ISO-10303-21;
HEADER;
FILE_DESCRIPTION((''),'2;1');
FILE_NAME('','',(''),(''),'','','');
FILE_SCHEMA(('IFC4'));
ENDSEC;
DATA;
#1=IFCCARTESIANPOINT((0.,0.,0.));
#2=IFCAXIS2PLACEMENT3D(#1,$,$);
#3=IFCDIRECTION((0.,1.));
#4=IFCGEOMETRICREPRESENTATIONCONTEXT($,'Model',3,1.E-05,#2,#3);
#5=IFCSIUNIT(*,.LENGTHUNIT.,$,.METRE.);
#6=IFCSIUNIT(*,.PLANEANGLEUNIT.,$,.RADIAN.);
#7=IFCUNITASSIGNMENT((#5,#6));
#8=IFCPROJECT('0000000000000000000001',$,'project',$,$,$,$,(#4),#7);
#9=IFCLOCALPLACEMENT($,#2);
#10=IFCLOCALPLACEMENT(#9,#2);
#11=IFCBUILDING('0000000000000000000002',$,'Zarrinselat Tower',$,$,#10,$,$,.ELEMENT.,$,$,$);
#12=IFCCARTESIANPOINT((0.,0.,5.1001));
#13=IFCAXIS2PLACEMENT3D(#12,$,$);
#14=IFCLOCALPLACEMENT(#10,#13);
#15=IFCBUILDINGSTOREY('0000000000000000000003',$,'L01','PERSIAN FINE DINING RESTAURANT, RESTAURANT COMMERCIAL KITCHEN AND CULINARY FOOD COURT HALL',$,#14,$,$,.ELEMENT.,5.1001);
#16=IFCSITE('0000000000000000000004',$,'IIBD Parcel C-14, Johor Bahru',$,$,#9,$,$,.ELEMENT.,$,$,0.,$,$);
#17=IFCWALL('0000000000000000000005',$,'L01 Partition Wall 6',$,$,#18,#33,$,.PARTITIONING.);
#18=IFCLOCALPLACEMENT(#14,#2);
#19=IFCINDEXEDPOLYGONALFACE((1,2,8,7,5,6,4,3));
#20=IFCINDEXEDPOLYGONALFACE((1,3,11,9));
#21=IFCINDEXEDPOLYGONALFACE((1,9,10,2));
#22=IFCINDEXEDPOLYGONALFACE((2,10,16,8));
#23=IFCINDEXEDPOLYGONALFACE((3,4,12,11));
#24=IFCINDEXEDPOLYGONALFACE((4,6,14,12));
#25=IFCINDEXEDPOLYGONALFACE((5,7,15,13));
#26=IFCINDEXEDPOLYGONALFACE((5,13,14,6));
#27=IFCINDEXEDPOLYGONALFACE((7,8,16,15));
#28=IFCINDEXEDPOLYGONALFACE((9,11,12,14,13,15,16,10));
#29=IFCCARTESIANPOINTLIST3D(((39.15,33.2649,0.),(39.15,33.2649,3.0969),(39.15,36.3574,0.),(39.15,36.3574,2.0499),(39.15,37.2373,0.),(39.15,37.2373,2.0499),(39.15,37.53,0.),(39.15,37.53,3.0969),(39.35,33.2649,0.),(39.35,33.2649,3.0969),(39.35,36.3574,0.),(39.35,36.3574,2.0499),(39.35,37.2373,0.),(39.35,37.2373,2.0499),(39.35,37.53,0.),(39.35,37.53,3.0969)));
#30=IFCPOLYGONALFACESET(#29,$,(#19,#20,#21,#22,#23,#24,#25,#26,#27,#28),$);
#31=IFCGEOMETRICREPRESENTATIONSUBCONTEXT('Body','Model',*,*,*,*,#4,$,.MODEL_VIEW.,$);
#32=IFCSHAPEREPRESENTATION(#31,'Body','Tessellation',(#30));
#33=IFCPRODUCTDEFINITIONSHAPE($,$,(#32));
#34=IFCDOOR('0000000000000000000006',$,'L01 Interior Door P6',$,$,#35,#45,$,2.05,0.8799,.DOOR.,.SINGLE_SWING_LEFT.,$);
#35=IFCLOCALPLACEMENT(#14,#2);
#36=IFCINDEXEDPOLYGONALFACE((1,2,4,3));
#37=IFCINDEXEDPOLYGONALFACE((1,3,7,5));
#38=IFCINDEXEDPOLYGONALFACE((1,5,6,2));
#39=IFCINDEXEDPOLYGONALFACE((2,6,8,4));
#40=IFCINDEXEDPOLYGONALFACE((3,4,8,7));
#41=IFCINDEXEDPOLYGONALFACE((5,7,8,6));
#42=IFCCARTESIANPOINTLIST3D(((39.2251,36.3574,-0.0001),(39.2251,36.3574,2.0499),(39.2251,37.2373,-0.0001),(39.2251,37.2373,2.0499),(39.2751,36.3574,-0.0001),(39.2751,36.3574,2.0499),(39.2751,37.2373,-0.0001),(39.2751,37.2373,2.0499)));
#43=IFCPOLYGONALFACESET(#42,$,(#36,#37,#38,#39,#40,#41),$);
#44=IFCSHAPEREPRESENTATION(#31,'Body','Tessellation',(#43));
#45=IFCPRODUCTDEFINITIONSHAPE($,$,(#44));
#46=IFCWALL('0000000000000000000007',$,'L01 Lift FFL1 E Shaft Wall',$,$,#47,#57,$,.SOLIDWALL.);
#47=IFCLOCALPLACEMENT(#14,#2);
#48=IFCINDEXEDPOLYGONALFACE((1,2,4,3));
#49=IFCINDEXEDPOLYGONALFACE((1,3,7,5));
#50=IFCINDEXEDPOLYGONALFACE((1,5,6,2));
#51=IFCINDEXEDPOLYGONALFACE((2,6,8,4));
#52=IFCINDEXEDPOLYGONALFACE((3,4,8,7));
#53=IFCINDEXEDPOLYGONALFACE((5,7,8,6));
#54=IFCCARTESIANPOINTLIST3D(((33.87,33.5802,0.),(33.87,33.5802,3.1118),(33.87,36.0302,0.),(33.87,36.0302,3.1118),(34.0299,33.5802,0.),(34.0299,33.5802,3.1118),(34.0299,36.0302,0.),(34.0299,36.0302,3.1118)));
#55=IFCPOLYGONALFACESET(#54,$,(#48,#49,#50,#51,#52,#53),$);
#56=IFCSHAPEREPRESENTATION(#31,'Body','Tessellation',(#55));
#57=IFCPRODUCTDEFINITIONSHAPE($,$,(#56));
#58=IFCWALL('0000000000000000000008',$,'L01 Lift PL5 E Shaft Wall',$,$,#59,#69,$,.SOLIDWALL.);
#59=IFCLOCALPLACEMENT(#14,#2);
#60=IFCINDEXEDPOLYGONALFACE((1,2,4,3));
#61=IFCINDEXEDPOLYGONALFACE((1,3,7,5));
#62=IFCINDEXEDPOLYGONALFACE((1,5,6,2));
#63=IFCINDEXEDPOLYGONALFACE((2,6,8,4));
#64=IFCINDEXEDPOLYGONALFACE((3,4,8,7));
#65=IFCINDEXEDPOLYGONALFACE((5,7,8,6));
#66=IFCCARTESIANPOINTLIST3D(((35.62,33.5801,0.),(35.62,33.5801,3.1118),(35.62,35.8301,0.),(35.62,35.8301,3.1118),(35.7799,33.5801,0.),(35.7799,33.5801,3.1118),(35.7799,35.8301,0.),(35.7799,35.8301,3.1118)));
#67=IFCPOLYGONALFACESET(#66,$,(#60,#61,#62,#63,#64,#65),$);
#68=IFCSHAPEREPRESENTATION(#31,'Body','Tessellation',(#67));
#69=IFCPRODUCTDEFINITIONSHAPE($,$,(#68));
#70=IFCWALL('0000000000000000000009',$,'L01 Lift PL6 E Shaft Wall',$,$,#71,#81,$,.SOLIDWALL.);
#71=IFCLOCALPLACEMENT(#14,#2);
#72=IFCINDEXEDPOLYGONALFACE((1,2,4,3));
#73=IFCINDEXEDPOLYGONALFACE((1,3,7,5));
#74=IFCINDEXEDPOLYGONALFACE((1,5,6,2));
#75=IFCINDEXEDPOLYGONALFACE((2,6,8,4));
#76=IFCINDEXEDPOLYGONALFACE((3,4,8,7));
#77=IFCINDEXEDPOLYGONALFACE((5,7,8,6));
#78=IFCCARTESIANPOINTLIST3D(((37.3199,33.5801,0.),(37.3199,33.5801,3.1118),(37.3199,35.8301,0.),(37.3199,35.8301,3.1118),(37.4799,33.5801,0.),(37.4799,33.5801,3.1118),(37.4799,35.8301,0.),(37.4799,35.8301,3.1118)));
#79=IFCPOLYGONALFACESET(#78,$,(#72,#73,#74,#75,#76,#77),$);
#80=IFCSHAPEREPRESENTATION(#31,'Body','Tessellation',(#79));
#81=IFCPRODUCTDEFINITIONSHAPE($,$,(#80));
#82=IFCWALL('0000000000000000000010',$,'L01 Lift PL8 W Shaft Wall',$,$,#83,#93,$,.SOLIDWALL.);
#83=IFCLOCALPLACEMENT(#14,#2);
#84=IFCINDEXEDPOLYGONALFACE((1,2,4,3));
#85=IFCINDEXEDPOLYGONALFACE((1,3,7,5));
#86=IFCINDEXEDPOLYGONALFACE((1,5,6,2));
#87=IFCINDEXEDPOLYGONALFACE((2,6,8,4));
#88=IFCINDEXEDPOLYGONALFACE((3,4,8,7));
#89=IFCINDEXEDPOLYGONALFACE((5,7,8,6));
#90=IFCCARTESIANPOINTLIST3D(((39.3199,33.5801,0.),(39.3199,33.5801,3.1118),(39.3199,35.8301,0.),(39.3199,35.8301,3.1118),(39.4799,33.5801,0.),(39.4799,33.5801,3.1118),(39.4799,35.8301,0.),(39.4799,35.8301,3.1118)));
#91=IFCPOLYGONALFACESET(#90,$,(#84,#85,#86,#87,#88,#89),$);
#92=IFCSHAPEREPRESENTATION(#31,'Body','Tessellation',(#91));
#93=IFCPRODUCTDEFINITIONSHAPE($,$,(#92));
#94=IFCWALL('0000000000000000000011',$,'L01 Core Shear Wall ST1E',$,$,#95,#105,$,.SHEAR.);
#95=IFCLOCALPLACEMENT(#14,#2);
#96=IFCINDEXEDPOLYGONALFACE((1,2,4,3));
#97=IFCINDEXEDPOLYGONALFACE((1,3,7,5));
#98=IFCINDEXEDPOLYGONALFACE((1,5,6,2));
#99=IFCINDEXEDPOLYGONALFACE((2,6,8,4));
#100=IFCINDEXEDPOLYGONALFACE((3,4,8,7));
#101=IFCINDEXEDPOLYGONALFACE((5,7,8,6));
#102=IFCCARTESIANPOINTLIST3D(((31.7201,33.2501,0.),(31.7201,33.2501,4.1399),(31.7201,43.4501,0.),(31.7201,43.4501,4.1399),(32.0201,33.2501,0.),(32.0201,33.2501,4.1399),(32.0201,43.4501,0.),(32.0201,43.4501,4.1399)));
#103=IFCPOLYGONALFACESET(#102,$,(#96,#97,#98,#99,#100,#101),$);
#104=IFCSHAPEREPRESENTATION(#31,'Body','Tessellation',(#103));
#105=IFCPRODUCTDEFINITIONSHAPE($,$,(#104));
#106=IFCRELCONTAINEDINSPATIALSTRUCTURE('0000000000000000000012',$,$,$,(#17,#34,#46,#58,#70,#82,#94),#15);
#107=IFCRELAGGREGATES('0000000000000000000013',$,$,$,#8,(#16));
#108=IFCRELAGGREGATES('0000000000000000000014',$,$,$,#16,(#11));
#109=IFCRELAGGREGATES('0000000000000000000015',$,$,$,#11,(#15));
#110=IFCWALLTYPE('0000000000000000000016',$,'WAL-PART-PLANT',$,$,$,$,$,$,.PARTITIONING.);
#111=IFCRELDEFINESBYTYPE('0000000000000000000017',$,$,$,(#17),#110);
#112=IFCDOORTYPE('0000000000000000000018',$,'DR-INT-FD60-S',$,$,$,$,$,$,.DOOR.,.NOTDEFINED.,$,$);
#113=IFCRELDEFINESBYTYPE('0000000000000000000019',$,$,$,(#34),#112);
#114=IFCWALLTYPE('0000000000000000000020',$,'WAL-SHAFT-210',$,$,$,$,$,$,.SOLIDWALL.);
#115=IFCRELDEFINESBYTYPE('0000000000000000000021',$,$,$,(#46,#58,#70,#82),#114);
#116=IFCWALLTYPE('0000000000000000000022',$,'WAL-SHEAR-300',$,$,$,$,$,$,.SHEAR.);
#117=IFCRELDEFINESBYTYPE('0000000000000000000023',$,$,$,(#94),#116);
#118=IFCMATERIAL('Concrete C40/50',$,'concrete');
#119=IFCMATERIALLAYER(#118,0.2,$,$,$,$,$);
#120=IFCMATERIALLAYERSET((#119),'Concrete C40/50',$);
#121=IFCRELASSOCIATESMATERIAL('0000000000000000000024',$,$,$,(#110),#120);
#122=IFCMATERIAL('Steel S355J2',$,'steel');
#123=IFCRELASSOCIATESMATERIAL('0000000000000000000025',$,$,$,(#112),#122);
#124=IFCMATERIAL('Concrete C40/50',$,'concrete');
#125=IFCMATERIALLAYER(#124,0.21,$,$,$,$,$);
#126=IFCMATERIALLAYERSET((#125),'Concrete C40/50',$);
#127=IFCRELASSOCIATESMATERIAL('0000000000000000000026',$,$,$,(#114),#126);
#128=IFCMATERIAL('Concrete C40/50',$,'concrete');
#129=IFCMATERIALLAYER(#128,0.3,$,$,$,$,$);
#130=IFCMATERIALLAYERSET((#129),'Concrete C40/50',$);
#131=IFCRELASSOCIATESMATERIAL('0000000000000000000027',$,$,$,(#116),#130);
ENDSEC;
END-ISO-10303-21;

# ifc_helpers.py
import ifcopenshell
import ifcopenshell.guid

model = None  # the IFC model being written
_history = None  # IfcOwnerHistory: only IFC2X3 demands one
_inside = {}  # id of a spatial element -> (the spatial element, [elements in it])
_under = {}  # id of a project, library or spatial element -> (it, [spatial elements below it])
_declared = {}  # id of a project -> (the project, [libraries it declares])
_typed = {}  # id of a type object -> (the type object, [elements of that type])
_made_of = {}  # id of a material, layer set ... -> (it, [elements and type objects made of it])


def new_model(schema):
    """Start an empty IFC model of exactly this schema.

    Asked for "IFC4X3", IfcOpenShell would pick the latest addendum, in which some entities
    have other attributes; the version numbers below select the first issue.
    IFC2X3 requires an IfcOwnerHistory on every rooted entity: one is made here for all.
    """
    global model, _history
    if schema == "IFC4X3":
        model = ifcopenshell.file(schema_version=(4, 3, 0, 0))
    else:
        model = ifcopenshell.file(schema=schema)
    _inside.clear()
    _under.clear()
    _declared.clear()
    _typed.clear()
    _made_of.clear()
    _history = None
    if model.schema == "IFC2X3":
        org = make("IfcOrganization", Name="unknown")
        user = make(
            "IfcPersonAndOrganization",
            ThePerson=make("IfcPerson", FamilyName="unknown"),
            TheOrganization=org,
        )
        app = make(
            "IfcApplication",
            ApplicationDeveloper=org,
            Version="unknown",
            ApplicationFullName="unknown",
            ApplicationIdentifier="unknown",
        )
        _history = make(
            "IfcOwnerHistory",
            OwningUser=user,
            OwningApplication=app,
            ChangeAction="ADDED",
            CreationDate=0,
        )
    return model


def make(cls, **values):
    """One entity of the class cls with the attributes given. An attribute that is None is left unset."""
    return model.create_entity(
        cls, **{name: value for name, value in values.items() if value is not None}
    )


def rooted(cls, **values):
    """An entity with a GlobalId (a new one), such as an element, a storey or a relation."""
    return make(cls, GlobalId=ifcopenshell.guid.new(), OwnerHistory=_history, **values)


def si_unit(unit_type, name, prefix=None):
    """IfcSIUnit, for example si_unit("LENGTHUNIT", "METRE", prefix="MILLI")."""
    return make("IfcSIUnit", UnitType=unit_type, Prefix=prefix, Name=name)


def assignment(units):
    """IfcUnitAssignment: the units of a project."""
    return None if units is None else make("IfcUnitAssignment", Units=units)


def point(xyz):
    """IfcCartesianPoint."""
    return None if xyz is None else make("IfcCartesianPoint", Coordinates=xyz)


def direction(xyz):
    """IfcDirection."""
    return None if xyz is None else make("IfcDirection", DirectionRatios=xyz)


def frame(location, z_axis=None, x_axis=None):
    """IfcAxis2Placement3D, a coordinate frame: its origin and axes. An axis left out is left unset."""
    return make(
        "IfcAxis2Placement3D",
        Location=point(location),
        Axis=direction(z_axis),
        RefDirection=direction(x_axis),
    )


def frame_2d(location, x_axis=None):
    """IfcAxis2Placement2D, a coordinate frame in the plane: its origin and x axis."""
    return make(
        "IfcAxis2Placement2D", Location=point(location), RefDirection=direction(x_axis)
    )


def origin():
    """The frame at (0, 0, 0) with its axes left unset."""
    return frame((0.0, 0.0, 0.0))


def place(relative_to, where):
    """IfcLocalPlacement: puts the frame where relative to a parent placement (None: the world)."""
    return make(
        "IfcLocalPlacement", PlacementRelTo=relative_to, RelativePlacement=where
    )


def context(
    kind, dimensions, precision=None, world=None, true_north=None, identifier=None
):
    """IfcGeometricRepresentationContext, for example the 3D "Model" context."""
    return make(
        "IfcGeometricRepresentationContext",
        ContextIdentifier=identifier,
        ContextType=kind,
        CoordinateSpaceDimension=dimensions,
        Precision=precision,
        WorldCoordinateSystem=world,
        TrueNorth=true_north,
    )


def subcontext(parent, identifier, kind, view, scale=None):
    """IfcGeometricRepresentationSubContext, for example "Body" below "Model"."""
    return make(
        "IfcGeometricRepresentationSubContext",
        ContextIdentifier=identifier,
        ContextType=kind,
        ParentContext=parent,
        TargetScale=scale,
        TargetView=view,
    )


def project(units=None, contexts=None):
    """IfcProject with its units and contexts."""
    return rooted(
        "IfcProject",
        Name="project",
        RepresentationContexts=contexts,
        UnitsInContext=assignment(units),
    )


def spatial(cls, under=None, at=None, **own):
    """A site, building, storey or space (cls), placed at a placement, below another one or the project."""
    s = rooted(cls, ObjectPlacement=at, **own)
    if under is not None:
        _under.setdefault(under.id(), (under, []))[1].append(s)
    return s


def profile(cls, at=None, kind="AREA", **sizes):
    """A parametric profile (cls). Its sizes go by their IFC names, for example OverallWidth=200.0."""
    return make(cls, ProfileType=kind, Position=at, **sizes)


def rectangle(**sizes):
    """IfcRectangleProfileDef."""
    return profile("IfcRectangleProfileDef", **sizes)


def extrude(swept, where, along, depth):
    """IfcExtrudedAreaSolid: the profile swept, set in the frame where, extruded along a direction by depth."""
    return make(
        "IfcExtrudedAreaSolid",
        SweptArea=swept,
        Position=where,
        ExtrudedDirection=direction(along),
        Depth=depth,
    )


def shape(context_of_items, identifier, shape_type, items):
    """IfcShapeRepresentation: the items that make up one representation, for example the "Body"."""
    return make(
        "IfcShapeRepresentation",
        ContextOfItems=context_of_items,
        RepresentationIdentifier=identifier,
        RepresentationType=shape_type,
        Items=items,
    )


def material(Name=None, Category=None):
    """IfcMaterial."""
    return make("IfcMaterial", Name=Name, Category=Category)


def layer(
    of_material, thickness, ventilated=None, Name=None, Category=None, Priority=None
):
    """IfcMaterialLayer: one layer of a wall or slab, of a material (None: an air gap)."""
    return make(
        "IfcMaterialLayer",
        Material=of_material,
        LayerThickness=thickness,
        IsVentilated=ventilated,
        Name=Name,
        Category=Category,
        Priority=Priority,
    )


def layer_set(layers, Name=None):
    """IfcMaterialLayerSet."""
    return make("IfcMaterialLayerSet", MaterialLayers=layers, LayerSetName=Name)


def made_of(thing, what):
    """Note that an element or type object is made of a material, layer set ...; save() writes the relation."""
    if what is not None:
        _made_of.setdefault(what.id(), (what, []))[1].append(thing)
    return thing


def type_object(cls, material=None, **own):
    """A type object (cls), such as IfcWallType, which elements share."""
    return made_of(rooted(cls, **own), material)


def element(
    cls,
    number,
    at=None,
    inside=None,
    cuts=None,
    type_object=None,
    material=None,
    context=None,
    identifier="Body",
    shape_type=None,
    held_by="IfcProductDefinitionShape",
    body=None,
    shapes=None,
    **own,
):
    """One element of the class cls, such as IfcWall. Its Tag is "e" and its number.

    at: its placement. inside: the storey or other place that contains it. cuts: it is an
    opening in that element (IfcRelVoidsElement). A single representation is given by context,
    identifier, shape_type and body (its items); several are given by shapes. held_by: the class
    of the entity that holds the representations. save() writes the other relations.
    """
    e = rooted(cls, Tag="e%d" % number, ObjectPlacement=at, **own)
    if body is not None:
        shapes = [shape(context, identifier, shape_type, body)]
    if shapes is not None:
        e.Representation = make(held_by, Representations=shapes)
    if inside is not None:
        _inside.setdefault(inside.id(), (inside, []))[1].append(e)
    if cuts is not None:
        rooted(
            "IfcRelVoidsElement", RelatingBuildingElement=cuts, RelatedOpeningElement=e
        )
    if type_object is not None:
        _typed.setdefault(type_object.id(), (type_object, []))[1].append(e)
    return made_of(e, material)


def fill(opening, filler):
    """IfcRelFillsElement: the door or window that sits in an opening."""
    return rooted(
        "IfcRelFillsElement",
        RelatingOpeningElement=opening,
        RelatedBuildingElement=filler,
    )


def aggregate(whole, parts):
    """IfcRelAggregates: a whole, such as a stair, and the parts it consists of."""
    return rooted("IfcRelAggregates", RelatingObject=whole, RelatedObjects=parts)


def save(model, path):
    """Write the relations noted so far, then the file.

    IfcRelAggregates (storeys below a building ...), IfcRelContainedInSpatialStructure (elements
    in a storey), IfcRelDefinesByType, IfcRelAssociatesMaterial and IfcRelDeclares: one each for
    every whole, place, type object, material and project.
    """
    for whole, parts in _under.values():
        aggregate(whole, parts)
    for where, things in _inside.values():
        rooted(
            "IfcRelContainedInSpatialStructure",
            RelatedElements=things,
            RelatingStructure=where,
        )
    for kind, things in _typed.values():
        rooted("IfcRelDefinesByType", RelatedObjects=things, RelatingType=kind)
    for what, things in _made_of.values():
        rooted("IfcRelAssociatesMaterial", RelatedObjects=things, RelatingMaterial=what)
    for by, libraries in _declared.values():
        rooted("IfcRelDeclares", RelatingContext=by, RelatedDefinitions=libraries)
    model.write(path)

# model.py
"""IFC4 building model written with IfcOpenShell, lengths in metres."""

from ifc_helpers import new_model, si_unit, direction, frame, frame_2d, origin, place, context, subcontext, project, spatial, rectangle, extrude, material, layer, layer_set, type_object, element, fill, save


model = new_model("IFC4")

# Units and contexts
model_context = context("Model", 3, precision=1e-05, world=origin(), true_north=direction((0.0, 1.0)))
body_context = subcontext(model_context, "Body", "Model", "MODEL_VIEW")
ifc_project = project(units=[si_unit("LENGTHUNIT", "METRE"), si_unit("PLANEANGLEUNIT", "RADIAN")], contexts=[model_context])

# Site, building, storey
site_placement = place(None, origin())
site = spatial("IfcSite", under=ifc_project, at=site_placement, Name="IIBD Parcel C-14, Johor Bahru", CompositionType="ELEMENT", RefElevation=0.0)
building_placement = place(site_placement, origin())
building = spatial("IfcBuilding", under=site, at=building_placement, Name="Zarrinselat Tower", CompositionType="ELEMENT")
storey_placement = place(building_placement, frame((0.0, 0.0, 5.1001)))
storey = spatial("IfcBuildingStorey", under=building, at=storey_placement, Name="L01", Description="PERSIAN FINE DINING RESTAURANT, RESTAURANT COMMERCIAL KITCHEN AND CULINARY FOOD COURT HALL", CompositionType="ELEMENT", Elevation=5.1001)

# Wall, opening, door
ifc_material_1 = material(Name="Concrete C40/50", Category="concrete")
ifc_layer_1 = layer(ifc_material_1, 0.2)
ifc_layer_set_1 = layer_set([ifc_layer_1], Name="Concrete C40/50")
wall_type_1 = type_object("IfcWallType", Name="WAL-PART-PLANT", PredefinedType="PARTITIONING", material=ifc_layer_set_1)
ifc_material_2 = material(Name="Steel S355J2", Category="steel")
door_type = type_object("IfcDoorType", Name="DR-INT-FD60-S", OperationType="NOTDEFINED", PredefinedType="DOOR", material=ifc_material_2)
wall_1_placement = place(storey_placement, frame((39.25, 33.2649, 0.0), z_axis=(0.0, 0.0, 1.0), x_axis=(0.0, 1.0, 0.0)))
wall_1 = element("IfcWall", 1, at=wall_1_placement, inside=storey, type_object=wall_type_1, Name="L01 Partition Wall 6", PredefinedType="PARTITIONING", context=body_context, shape_type="SweptSolid", body=[
    extrude(rectangle(XDim=4.2651, YDim=0.2, at=frame_2d((2.1326, 0.0))), origin(), (0.0, 0.0, 1.0), 3.0969),
])
opening_1_placement = place(wall_1_placement, frame((3.0925, 0.0, 0.0)))
opening_1 = element("IfcOpeningElement", 2, at=opening_1_placement, cuts=wall_1, PredefinedType="OPENING", context=body_context, shape_type="SweptSolid", body=[
    extrude(rectangle(XDim=0.8799, YDim=2.05, at=frame_2d((0.4399, 1.0249))), frame((0.0, 0.1099, 0.0), z_axis=(0.0, -1.0, 0.0), x_axis=(1.0, 0.0, 0.0)), (0.0, 0.0, 1.0), 0.22),
])
door_1_placement = place(opening_1_placement, origin())
door_1 = element("IfcDoor", 3, at=door_1_placement, inside=storey, type_object=door_type, Name="L01 Interior Door P6", OperationType="SINGLE_SWING_LEFT", OverallHeight=2.05, OverallWidth=0.8799, PredefinedType="DOOR", context=body_context, shape_type="SweptSolid", body=[
    extrude(rectangle(XDim=0.8799, YDim=2.05, at=frame_2d((0.4399, 1.0249))), frame((0.0, 0.0249, 0.0), z_axis=(0.0, -1.0, 0.0), x_axis=(1.0, 0.0, 0.0)), (0.0, 0.0, 1.0), 0.05),
])
fill(opening_1, door_1)

# Walls
ifc_material_3 = material(Name="Concrete C40/50", Category="concrete")
ifc_layer_2 = layer(ifc_material_3, 0.21)
ifc_layer_set_2 = layer_set([ifc_layer_2], Name="Concrete C40/50")
wall_type_2 = type_object("IfcWallType", Name="WAL-SHAFT-210", PredefinedType="SOLIDWALL", material=ifc_layer_set_2)
wall_2_placement = place(storey_placement, frame((33.95, 33.5801, 0.0), z_axis=(0.0, 0.0, 1.0), x_axis=(0.0, 1.0, 0.0)))
element("IfcWall", 4, at=wall_2_placement, inside=storey, type_object=wall_type_2, Name="L01 Lift FFL1 E Shaft Wall", PredefinedType="SOLIDWALL", context=body_context, shape_type="SweptSolid", body=[
    extrude(rectangle(XDim=2.45, YDim=0.1599, at=frame_2d((1.2251, 0.0))), origin(), (0.0, 0.0, 1.0), 3.1118),
])
for number, where, z_axis, x_axis, name in (
    (5, (35.7, 33.5801, 0.0), (0.0, 0.0, 1.0), (0.0, 1.0, 0.0), "L01 Lift PL5 E Shaft Wall"),
    (6, (37.3999, 33.5801, 0.0), (0.0, 0.0, 1.0), (0.0, 1.0, 0.0), "L01 Lift PL6 E Shaft Wall"),
    (7, (39.3999, 33.5801, 0.0), (0.0, 0.0, 1.0), (0.0, 1.0, 0.0), "L01 Lift PL8 W Shaft Wall"),
):
    element("IfcWall", number, at=place(storey_placement, frame(where, z_axis=z_axis, x_axis=x_axis)), inside=storey, type_object=wall_type_2, Name=name, PredefinedType="SOLIDWALL", context=body_context, shape_type="SweptSolid", body=[
        extrude(rectangle(XDim=2.25, YDim=0.1599, at=frame_2d((1.125, 0.0))), origin(), (0.0, 0.0, 1.0), 3.1118),
    ])
ifc_material_4 = material(Name="Concrete C40/50", Category="concrete")
ifc_layer_3 = layer(ifc_material_4, 0.3)
ifc_layer_set_3 = layer_set([ifc_layer_3], Name="Concrete C40/50")
wall_type_3 = type_object("IfcWallType", Name="WAL-SHEAR-300", PredefinedType="SHEAR", material=ifc_layer_set_3)
wall_3_placement = place(storey_placement, frame((31.8701, 33.25, 0.0), z_axis=(0.0, 0.0, 1.0), x_axis=(0.0, 1.0, 0.0)))
element("IfcWall", 8, at=wall_3_placement, inside=storey, type_object=wall_type_3, Name="L01 Core Shear Wall ST1E", PredefinedType="SHEAR", context=body_context, shape_type="SweptSolid", body=[
    extrude(rectangle(XDim=10.2, YDim=0.3, at=frame_2d((5.1001, 0.0))), origin(), (0.0, 0.0, 1.0), 4.1399),
])

save(model, "model.ifc")
